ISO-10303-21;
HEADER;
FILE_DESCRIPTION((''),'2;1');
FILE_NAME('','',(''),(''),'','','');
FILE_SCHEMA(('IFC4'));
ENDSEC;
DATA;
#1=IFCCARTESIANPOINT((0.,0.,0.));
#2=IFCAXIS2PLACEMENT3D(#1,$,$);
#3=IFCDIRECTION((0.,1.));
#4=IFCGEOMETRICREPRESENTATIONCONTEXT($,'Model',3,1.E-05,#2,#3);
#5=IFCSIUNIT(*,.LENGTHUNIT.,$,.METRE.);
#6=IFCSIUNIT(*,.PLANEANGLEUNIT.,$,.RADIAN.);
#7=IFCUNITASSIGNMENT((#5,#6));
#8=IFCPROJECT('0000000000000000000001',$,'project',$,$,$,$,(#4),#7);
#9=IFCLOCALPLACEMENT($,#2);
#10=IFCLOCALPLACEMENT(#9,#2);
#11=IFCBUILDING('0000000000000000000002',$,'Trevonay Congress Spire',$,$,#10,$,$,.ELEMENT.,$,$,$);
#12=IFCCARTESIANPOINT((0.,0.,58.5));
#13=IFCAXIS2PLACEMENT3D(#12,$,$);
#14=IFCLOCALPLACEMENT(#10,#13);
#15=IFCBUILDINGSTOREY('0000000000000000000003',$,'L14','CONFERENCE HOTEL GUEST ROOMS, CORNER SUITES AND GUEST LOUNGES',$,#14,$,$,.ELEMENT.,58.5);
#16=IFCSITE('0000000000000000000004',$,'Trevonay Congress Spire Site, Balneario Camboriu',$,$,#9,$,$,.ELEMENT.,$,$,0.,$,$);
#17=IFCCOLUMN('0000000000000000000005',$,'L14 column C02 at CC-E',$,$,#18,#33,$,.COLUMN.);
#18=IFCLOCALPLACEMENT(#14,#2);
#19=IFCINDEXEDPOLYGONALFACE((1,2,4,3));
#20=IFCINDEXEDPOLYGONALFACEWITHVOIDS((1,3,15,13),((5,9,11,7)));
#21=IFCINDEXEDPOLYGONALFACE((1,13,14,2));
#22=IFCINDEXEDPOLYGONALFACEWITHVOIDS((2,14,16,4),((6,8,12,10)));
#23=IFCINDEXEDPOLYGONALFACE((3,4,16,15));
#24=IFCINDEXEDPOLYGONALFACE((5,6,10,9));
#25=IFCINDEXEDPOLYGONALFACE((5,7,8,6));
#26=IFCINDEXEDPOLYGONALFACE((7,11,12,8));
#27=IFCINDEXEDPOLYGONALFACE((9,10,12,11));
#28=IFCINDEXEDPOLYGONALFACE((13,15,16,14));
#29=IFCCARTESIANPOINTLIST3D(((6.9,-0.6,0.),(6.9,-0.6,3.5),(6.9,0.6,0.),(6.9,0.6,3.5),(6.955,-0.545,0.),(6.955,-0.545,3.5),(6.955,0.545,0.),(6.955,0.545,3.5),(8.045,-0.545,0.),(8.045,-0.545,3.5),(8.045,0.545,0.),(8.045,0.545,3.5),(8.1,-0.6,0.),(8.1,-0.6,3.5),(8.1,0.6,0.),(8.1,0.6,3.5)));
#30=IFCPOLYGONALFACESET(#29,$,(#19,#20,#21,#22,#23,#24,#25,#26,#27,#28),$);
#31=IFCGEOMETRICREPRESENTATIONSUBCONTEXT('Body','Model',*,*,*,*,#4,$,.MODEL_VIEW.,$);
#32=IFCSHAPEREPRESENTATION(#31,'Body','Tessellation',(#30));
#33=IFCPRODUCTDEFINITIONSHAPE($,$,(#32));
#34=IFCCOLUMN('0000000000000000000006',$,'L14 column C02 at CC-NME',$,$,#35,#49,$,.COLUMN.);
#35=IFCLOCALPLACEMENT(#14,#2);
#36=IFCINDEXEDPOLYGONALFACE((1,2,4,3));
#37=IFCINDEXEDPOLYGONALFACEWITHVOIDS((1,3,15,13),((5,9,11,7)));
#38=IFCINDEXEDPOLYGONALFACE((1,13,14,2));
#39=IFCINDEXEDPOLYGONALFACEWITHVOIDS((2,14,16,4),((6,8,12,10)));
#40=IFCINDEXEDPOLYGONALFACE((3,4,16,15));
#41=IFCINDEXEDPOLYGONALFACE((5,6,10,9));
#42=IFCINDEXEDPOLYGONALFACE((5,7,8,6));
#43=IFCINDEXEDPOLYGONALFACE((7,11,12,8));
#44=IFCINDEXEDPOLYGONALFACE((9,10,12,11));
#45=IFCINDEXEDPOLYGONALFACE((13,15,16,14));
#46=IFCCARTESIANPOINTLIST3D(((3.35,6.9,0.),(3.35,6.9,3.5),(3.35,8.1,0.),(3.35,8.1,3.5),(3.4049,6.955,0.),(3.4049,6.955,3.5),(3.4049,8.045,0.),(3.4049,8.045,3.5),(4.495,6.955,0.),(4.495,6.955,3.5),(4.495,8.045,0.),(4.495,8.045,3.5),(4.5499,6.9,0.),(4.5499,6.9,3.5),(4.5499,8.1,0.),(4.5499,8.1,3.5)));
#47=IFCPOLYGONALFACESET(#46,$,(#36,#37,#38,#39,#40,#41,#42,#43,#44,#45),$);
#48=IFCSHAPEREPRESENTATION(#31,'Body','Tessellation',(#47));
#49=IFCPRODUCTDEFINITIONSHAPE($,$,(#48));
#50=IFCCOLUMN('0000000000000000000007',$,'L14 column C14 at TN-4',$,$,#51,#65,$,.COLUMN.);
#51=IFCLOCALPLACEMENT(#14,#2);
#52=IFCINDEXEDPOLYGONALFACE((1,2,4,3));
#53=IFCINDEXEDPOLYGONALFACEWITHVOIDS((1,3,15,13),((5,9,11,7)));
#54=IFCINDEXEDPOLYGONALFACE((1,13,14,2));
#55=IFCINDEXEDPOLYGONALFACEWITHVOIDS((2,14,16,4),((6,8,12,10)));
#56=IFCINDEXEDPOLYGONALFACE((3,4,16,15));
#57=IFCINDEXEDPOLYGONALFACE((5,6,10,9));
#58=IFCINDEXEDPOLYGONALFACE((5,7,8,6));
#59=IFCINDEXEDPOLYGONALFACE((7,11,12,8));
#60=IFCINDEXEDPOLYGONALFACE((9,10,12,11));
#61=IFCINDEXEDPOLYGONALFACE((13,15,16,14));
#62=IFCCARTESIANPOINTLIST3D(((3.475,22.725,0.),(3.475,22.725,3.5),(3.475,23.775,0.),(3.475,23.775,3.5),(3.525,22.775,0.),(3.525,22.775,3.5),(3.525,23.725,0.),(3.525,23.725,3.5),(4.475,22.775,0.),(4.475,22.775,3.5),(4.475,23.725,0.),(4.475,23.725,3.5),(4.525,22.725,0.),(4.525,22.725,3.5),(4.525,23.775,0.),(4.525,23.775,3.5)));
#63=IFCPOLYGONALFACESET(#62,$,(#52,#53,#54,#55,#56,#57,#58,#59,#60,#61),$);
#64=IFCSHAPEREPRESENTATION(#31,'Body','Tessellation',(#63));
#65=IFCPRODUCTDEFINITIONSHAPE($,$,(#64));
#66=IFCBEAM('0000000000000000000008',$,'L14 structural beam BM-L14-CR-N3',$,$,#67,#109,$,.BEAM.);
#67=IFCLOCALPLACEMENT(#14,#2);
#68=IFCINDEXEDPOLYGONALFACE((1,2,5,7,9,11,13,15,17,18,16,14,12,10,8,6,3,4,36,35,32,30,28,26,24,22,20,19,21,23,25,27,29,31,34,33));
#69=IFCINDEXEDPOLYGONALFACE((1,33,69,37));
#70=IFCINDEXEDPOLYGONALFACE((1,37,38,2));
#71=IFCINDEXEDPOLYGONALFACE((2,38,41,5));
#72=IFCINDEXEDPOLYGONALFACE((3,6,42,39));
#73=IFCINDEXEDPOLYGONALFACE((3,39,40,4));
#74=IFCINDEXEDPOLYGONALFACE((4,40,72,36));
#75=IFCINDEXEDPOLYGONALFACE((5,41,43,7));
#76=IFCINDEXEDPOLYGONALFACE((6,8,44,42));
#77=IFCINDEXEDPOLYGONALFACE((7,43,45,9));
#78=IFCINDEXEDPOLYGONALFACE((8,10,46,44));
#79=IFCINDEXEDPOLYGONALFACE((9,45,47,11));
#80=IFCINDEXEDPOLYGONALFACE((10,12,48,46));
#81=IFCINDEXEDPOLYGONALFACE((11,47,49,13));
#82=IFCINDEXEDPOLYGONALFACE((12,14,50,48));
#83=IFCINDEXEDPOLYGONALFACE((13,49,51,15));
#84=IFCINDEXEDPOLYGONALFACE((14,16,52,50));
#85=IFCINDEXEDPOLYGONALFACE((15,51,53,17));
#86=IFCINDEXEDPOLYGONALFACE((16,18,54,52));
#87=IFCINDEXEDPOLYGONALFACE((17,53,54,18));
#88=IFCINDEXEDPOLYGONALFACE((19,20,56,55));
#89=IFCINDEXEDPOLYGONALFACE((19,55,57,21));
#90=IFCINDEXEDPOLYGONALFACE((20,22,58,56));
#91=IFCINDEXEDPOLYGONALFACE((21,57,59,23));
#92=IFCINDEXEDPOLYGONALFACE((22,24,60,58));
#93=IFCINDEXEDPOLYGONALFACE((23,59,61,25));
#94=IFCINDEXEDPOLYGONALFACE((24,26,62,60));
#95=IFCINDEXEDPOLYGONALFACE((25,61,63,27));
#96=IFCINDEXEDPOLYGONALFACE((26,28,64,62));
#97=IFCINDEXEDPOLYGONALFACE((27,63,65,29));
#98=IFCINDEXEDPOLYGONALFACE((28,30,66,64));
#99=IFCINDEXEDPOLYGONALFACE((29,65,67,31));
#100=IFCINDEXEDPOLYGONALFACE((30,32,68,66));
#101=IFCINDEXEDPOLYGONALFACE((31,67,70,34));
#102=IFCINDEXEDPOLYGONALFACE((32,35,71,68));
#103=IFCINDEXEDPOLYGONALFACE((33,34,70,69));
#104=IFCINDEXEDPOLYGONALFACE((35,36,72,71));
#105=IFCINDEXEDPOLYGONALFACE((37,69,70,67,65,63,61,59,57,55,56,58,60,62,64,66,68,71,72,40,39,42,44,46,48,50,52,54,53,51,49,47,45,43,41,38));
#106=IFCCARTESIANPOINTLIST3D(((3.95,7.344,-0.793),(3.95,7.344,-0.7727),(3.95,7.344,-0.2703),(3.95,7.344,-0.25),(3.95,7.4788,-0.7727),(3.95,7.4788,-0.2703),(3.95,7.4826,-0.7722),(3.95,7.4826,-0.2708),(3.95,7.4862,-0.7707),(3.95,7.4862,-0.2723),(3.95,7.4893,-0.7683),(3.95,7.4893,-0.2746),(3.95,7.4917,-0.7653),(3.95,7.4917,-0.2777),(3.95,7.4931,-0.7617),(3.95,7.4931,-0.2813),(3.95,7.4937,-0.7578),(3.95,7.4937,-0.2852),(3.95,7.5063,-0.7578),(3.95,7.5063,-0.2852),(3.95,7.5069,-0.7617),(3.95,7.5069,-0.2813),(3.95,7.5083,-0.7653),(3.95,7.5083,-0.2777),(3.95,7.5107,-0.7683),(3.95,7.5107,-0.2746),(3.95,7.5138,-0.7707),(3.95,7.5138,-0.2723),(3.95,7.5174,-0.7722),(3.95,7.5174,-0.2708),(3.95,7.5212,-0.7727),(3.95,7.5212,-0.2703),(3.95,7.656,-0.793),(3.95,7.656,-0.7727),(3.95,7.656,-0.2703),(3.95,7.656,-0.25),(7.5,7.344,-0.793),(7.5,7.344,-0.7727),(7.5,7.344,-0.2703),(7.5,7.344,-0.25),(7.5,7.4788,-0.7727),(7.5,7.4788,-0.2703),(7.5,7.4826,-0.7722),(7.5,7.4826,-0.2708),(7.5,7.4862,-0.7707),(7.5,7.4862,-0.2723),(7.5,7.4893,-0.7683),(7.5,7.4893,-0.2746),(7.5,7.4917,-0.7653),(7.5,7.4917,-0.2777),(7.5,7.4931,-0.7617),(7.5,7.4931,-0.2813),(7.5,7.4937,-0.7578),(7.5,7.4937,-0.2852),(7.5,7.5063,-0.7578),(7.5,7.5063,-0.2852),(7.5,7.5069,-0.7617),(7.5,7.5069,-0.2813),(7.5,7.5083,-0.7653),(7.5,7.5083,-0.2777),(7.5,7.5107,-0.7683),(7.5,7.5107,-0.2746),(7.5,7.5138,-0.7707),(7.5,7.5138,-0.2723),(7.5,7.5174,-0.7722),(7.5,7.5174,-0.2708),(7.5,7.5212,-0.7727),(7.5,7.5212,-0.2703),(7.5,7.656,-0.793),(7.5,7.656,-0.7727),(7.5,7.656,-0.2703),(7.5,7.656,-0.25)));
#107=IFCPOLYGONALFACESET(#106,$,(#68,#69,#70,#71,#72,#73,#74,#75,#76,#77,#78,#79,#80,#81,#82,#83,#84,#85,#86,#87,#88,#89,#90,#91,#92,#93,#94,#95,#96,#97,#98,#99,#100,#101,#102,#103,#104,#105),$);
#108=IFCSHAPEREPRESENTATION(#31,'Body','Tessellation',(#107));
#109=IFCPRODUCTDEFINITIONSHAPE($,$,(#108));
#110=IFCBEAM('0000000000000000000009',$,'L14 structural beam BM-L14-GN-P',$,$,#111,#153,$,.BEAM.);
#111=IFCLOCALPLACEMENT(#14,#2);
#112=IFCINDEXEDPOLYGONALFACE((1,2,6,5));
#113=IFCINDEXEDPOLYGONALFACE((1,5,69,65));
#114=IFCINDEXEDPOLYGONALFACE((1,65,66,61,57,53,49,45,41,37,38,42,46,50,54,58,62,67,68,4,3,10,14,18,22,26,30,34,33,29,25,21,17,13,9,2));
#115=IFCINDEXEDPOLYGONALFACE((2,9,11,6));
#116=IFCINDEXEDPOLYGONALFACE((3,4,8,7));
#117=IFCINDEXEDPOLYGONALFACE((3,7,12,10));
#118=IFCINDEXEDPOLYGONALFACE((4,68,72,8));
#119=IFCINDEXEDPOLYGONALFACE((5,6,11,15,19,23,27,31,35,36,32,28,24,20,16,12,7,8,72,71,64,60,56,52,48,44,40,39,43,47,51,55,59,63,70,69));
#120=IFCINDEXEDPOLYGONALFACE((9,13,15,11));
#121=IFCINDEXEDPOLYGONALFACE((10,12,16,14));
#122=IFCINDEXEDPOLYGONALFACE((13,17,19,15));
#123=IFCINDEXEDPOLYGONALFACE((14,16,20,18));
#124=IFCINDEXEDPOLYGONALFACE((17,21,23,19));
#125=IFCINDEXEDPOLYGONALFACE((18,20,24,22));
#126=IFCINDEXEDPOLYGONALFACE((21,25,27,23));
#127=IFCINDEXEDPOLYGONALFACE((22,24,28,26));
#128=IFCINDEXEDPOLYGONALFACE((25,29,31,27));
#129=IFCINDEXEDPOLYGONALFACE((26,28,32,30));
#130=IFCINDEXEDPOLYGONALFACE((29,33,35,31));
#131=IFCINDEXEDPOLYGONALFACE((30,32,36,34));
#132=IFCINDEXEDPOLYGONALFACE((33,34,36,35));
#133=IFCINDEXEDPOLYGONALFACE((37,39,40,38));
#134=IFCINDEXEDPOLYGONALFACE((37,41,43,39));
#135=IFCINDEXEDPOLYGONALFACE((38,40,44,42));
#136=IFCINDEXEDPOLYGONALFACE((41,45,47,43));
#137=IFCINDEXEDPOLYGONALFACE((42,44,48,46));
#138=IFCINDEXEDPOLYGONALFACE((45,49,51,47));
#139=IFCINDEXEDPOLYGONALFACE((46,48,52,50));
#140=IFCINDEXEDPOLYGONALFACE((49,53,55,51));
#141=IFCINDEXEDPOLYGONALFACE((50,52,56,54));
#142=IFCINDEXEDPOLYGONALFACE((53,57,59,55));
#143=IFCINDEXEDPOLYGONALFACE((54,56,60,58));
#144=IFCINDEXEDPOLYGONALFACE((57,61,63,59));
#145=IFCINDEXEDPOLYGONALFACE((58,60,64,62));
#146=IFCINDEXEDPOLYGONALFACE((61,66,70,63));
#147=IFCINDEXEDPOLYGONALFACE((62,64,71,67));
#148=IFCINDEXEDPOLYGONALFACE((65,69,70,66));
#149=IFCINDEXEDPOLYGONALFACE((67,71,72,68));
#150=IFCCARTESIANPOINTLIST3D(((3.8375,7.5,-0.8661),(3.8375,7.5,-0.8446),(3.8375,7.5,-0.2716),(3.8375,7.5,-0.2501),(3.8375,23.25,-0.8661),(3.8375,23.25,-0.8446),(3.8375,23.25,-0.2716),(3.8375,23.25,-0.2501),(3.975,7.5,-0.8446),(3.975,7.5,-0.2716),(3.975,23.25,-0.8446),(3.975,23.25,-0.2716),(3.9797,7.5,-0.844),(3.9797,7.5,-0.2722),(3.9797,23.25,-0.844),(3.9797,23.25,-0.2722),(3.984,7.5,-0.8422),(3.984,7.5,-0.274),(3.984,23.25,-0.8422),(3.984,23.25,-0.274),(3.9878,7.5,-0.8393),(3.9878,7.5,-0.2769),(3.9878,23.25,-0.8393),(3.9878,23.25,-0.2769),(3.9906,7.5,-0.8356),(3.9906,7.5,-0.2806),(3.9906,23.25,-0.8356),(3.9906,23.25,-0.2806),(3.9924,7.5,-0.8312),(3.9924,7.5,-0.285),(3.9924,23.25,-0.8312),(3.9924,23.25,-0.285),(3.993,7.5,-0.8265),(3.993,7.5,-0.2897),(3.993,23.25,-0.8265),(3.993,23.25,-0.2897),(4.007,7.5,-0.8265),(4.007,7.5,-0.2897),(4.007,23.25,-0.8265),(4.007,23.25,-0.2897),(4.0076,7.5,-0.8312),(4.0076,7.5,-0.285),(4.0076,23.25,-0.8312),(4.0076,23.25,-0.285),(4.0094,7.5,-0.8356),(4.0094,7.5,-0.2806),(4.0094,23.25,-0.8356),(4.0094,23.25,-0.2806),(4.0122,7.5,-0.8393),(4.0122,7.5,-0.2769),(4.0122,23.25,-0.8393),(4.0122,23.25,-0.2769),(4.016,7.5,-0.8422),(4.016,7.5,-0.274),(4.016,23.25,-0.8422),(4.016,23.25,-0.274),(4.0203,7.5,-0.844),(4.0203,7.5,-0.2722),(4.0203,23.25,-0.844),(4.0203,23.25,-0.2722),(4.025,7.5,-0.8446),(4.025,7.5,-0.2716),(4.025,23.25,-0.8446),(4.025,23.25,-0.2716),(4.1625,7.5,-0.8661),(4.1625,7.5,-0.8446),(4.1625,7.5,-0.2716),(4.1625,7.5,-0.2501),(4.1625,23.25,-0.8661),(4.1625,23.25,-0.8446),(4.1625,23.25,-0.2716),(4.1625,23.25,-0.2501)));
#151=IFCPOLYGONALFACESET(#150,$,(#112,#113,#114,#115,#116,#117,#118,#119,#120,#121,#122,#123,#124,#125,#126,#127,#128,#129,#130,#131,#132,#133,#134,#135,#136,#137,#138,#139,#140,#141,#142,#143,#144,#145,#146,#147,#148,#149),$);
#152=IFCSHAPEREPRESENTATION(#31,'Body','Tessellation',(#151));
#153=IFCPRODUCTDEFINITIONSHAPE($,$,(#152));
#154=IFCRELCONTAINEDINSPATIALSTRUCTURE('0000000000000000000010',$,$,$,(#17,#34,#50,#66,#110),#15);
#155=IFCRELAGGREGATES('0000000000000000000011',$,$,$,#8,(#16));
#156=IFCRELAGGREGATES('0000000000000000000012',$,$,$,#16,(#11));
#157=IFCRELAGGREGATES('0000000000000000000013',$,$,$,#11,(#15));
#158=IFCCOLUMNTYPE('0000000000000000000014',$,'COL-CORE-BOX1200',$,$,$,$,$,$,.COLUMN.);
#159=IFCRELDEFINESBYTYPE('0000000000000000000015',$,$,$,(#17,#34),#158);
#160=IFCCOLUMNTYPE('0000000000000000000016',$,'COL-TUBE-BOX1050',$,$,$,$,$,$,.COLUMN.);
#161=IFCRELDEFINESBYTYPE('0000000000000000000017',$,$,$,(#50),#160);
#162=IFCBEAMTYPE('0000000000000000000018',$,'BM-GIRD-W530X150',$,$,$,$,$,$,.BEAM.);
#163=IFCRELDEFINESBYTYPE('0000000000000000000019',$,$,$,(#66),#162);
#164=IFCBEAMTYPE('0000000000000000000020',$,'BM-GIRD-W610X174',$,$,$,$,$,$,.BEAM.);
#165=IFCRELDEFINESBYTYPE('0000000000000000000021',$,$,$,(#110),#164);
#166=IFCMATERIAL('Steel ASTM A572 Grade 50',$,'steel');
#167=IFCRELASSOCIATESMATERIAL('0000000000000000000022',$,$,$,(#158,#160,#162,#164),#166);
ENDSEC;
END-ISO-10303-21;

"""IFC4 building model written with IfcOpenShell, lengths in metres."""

from ifc_helpers import new_model, si_unit, direction, frame, origin, origin_2d, place, context, subcontext, project, spatial, hollow_rectangle, i_section, extrude, material, material_profile, profile_set, type_object, element, save


model = new_model("IFC4")

# Units and contexts
model_context = context("Model", 3, precision=1e-05, world=origin(), true_north=direction((0.0, 1.0)))
body_context = subcontext(model_context, "Body", "Model", "MODEL_VIEW")
ifc_project = project(units=[si_unit("LENGTHUNIT", "METRE"), si_unit("PLANEANGLEUNIT", "RADIAN")], contexts=[model_context])

# Site, building, storey
site_placement = place(None, origin())
site = spatial("IfcSite", under=ifc_project, at=site_placement, Name="Trevonay Congress Spire Site, Balneario Camboriu", CompositionType="ELEMENT", RefElevation=0.0)
building_placement = place(site_placement, origin())
building = spatial("IfcBuilding", under=site, at=building_placement, Name="Trevonay Congress Spire", CompositionType="ELEMENT")
storey_placement = place(building_placement, frame((0.0, 0.0, 58.5)))
storey = spatial("IfcBuildingStorey", under=building, at=storey_placement, Name="L14", Description="CONFERENCE HOTEL GUEST ROOMS, CORNER SUITES AND GUEST LOUNGES", CompositionType="ELEMENT", Elevation=58.5)

# Columns
ifc_material_1 = material(Name="Steel ASTM A572 Grade 50", Category="steel")
ifc_material_profile_1 = material_profile(ifc_material_1, hollow_rectangle(XDim=1.2, YDim=1.2, WallThickness=0.0549, at=origin_2d()), Name="BOX 1200x1200x55")
ifc_profile_set_1 = profile_set([ifc_material_profile_1], Name="Steel ASTM A572 Grade 50")
column_type_1 = type_object("IfcColumnType", Name="COL-CORE-BOX1200", PredefinedType="COLUMN", material=ifc_profile_set_1)
for number, where, z_axis, x_axis, name in (
    (1, (7.5, 0.0, 0.0), (0.0, 0.0, 1.0), (1.0, 0.0, 0.0), "L14 column C02 at CC-E"),
    (2, (3.95, 7.5, 0.0), (0.0, 0.0, 1.0), (1.0, 0.0, 0.0), "L14 column C02 at CC-NME"),
):
    element("IfcColumn", number, at=place(storey_placement, frame(where, z_axis=z_axis, x_axis=x_axis)), inside=storey, type_object=column_type_1, Name=name, PredefinedType="COLUMN", context=body_context, shape_type="SweptSolid", body=[
        extrude(hollow_rectangle(XDim=1.2, YDim=1.2, WallThickness=0.0549, at=origin_2d()), origin(), (0.0, 0.0, 1.0), 3.5),
    ])
ifc_material_profile_2 = material_profile(ifc_material_1, hollow_rectangle(XDim=1.05, YDim=1.05, WallThickness=0.05, at=origin_2d()), Name="BOX 1050x1050x50")
ifc_profile_set_2 = profile_set([ifc_material_profile_2], Name="Steel ASTM A572 Grade 50")
column_type_2 = type_object("IfcColumnType", Name="COL-TUBE-BOX1050", PredefinedType="COLUMN", material=ifc_profile_set_2)
column_placement = place(storey_placement, frame((4.0, 23.25, 0.0), z_axis=(0.0, 0.0, 1.0), x_axis=(1.0, 0.0, 0.0)))
element("IfcColumn", 3, at=column_placement, inside=storey, type_object=column_type_2, Name="L14 column C14 at TN-4", PredefinedType="COLUMN", context=body_context, shape_type="SweptSolid", body=[
    extrude(hollow_rectangle(XDim=1.05, YDim=1.05, WallThickness=0.05, at=origin_2d()), origin(), (0.0, 0.0, 1.0), 3.5),
])

# Beams
ifc_material_profile_3 = material_profile(ifc_material_1, i_section(OverallWidth=0.312, OverallDepth=0.543, WebThickness=0.0127, FlangeThickness=0.0203, FilletRadius=0.0149, at=origin_2d()), Name="W530x150")
ifc_profile_set_3 = profile_set([ifc_material_profile_3], Name="Steel ASTM A572 Grade 50")
beam_type_1 = type_object("IfcBeamType", Name="BM-GIRD-W530X150", PredefinedType="BEAM", material=ifc_profile_set_3)
beam_1_placement = place(storey_placement, frame((3.95, 7.5, -0.5215), z_axis=(1.0, 0.0, 0.0), x_axis=(0.0, 1.0, 0.0)))
element("IfcBeam", 4, at=beam_1_placement, inside=storey, type_object=beam_type_1, Name="L14 structural beam BM-L14-CR-N3", PredefinedType="BEAM", context=body_context, shape_type="SweptSolid", body=[
    extrude(i_section(OverallWidth=0.312, OverallDepth=0.543, WebThickness=0.0127, FlangeThickness=0.0203, FilletRadius=0.0149, at=origin_2d()), origin(), (0.0, 0.0, 1.0), 3.55),
])
ifc_material_profile_4 = material_profile(ifc_material_1, i_section(OverallWidth=0.325, OverallDepth=0.616, WebThickness=0.0139, FlangeThickness=0.0215, FilletRadius=0.0181, at=origin_2d()), Name="W610x174")
ifc_profile_set_4 = profile_set([ifc_material_profile_4], Name="Steel ASTM A572 Grade 50")
beam_type_2 = type_object("IfcBeamType", Name="BM-GIRD-W610X174", PredefinedType="BEAM", material=ifc_profile_set_4)
beam_2_placement = place(storey_placement, frame((4.0, 7.5, -0.5581), z_axis=(0.0, 1.0, 0.0), x_axis=(-1.0, 0.0, 0.0)))
element("IfcBeam", 5, at=beam_2_placement, inside=storey, type_object=beam_type_2, Name="L14 structural beam BM-L14-GN-P", PredefinedType="BEAM", context=body_context, shape_type="SweptSolid", body=[
    extrude(i_section(OverallWidth=0.325, OverallDepth=0.616, WebThickness=0.0139, FlangeThickness=0.0215, FilletRadius=0.0181, at=origin_2d()), origin(), (0.0, 0.0, 1.0), 15.75),
])

save(model, "model.ifc")
